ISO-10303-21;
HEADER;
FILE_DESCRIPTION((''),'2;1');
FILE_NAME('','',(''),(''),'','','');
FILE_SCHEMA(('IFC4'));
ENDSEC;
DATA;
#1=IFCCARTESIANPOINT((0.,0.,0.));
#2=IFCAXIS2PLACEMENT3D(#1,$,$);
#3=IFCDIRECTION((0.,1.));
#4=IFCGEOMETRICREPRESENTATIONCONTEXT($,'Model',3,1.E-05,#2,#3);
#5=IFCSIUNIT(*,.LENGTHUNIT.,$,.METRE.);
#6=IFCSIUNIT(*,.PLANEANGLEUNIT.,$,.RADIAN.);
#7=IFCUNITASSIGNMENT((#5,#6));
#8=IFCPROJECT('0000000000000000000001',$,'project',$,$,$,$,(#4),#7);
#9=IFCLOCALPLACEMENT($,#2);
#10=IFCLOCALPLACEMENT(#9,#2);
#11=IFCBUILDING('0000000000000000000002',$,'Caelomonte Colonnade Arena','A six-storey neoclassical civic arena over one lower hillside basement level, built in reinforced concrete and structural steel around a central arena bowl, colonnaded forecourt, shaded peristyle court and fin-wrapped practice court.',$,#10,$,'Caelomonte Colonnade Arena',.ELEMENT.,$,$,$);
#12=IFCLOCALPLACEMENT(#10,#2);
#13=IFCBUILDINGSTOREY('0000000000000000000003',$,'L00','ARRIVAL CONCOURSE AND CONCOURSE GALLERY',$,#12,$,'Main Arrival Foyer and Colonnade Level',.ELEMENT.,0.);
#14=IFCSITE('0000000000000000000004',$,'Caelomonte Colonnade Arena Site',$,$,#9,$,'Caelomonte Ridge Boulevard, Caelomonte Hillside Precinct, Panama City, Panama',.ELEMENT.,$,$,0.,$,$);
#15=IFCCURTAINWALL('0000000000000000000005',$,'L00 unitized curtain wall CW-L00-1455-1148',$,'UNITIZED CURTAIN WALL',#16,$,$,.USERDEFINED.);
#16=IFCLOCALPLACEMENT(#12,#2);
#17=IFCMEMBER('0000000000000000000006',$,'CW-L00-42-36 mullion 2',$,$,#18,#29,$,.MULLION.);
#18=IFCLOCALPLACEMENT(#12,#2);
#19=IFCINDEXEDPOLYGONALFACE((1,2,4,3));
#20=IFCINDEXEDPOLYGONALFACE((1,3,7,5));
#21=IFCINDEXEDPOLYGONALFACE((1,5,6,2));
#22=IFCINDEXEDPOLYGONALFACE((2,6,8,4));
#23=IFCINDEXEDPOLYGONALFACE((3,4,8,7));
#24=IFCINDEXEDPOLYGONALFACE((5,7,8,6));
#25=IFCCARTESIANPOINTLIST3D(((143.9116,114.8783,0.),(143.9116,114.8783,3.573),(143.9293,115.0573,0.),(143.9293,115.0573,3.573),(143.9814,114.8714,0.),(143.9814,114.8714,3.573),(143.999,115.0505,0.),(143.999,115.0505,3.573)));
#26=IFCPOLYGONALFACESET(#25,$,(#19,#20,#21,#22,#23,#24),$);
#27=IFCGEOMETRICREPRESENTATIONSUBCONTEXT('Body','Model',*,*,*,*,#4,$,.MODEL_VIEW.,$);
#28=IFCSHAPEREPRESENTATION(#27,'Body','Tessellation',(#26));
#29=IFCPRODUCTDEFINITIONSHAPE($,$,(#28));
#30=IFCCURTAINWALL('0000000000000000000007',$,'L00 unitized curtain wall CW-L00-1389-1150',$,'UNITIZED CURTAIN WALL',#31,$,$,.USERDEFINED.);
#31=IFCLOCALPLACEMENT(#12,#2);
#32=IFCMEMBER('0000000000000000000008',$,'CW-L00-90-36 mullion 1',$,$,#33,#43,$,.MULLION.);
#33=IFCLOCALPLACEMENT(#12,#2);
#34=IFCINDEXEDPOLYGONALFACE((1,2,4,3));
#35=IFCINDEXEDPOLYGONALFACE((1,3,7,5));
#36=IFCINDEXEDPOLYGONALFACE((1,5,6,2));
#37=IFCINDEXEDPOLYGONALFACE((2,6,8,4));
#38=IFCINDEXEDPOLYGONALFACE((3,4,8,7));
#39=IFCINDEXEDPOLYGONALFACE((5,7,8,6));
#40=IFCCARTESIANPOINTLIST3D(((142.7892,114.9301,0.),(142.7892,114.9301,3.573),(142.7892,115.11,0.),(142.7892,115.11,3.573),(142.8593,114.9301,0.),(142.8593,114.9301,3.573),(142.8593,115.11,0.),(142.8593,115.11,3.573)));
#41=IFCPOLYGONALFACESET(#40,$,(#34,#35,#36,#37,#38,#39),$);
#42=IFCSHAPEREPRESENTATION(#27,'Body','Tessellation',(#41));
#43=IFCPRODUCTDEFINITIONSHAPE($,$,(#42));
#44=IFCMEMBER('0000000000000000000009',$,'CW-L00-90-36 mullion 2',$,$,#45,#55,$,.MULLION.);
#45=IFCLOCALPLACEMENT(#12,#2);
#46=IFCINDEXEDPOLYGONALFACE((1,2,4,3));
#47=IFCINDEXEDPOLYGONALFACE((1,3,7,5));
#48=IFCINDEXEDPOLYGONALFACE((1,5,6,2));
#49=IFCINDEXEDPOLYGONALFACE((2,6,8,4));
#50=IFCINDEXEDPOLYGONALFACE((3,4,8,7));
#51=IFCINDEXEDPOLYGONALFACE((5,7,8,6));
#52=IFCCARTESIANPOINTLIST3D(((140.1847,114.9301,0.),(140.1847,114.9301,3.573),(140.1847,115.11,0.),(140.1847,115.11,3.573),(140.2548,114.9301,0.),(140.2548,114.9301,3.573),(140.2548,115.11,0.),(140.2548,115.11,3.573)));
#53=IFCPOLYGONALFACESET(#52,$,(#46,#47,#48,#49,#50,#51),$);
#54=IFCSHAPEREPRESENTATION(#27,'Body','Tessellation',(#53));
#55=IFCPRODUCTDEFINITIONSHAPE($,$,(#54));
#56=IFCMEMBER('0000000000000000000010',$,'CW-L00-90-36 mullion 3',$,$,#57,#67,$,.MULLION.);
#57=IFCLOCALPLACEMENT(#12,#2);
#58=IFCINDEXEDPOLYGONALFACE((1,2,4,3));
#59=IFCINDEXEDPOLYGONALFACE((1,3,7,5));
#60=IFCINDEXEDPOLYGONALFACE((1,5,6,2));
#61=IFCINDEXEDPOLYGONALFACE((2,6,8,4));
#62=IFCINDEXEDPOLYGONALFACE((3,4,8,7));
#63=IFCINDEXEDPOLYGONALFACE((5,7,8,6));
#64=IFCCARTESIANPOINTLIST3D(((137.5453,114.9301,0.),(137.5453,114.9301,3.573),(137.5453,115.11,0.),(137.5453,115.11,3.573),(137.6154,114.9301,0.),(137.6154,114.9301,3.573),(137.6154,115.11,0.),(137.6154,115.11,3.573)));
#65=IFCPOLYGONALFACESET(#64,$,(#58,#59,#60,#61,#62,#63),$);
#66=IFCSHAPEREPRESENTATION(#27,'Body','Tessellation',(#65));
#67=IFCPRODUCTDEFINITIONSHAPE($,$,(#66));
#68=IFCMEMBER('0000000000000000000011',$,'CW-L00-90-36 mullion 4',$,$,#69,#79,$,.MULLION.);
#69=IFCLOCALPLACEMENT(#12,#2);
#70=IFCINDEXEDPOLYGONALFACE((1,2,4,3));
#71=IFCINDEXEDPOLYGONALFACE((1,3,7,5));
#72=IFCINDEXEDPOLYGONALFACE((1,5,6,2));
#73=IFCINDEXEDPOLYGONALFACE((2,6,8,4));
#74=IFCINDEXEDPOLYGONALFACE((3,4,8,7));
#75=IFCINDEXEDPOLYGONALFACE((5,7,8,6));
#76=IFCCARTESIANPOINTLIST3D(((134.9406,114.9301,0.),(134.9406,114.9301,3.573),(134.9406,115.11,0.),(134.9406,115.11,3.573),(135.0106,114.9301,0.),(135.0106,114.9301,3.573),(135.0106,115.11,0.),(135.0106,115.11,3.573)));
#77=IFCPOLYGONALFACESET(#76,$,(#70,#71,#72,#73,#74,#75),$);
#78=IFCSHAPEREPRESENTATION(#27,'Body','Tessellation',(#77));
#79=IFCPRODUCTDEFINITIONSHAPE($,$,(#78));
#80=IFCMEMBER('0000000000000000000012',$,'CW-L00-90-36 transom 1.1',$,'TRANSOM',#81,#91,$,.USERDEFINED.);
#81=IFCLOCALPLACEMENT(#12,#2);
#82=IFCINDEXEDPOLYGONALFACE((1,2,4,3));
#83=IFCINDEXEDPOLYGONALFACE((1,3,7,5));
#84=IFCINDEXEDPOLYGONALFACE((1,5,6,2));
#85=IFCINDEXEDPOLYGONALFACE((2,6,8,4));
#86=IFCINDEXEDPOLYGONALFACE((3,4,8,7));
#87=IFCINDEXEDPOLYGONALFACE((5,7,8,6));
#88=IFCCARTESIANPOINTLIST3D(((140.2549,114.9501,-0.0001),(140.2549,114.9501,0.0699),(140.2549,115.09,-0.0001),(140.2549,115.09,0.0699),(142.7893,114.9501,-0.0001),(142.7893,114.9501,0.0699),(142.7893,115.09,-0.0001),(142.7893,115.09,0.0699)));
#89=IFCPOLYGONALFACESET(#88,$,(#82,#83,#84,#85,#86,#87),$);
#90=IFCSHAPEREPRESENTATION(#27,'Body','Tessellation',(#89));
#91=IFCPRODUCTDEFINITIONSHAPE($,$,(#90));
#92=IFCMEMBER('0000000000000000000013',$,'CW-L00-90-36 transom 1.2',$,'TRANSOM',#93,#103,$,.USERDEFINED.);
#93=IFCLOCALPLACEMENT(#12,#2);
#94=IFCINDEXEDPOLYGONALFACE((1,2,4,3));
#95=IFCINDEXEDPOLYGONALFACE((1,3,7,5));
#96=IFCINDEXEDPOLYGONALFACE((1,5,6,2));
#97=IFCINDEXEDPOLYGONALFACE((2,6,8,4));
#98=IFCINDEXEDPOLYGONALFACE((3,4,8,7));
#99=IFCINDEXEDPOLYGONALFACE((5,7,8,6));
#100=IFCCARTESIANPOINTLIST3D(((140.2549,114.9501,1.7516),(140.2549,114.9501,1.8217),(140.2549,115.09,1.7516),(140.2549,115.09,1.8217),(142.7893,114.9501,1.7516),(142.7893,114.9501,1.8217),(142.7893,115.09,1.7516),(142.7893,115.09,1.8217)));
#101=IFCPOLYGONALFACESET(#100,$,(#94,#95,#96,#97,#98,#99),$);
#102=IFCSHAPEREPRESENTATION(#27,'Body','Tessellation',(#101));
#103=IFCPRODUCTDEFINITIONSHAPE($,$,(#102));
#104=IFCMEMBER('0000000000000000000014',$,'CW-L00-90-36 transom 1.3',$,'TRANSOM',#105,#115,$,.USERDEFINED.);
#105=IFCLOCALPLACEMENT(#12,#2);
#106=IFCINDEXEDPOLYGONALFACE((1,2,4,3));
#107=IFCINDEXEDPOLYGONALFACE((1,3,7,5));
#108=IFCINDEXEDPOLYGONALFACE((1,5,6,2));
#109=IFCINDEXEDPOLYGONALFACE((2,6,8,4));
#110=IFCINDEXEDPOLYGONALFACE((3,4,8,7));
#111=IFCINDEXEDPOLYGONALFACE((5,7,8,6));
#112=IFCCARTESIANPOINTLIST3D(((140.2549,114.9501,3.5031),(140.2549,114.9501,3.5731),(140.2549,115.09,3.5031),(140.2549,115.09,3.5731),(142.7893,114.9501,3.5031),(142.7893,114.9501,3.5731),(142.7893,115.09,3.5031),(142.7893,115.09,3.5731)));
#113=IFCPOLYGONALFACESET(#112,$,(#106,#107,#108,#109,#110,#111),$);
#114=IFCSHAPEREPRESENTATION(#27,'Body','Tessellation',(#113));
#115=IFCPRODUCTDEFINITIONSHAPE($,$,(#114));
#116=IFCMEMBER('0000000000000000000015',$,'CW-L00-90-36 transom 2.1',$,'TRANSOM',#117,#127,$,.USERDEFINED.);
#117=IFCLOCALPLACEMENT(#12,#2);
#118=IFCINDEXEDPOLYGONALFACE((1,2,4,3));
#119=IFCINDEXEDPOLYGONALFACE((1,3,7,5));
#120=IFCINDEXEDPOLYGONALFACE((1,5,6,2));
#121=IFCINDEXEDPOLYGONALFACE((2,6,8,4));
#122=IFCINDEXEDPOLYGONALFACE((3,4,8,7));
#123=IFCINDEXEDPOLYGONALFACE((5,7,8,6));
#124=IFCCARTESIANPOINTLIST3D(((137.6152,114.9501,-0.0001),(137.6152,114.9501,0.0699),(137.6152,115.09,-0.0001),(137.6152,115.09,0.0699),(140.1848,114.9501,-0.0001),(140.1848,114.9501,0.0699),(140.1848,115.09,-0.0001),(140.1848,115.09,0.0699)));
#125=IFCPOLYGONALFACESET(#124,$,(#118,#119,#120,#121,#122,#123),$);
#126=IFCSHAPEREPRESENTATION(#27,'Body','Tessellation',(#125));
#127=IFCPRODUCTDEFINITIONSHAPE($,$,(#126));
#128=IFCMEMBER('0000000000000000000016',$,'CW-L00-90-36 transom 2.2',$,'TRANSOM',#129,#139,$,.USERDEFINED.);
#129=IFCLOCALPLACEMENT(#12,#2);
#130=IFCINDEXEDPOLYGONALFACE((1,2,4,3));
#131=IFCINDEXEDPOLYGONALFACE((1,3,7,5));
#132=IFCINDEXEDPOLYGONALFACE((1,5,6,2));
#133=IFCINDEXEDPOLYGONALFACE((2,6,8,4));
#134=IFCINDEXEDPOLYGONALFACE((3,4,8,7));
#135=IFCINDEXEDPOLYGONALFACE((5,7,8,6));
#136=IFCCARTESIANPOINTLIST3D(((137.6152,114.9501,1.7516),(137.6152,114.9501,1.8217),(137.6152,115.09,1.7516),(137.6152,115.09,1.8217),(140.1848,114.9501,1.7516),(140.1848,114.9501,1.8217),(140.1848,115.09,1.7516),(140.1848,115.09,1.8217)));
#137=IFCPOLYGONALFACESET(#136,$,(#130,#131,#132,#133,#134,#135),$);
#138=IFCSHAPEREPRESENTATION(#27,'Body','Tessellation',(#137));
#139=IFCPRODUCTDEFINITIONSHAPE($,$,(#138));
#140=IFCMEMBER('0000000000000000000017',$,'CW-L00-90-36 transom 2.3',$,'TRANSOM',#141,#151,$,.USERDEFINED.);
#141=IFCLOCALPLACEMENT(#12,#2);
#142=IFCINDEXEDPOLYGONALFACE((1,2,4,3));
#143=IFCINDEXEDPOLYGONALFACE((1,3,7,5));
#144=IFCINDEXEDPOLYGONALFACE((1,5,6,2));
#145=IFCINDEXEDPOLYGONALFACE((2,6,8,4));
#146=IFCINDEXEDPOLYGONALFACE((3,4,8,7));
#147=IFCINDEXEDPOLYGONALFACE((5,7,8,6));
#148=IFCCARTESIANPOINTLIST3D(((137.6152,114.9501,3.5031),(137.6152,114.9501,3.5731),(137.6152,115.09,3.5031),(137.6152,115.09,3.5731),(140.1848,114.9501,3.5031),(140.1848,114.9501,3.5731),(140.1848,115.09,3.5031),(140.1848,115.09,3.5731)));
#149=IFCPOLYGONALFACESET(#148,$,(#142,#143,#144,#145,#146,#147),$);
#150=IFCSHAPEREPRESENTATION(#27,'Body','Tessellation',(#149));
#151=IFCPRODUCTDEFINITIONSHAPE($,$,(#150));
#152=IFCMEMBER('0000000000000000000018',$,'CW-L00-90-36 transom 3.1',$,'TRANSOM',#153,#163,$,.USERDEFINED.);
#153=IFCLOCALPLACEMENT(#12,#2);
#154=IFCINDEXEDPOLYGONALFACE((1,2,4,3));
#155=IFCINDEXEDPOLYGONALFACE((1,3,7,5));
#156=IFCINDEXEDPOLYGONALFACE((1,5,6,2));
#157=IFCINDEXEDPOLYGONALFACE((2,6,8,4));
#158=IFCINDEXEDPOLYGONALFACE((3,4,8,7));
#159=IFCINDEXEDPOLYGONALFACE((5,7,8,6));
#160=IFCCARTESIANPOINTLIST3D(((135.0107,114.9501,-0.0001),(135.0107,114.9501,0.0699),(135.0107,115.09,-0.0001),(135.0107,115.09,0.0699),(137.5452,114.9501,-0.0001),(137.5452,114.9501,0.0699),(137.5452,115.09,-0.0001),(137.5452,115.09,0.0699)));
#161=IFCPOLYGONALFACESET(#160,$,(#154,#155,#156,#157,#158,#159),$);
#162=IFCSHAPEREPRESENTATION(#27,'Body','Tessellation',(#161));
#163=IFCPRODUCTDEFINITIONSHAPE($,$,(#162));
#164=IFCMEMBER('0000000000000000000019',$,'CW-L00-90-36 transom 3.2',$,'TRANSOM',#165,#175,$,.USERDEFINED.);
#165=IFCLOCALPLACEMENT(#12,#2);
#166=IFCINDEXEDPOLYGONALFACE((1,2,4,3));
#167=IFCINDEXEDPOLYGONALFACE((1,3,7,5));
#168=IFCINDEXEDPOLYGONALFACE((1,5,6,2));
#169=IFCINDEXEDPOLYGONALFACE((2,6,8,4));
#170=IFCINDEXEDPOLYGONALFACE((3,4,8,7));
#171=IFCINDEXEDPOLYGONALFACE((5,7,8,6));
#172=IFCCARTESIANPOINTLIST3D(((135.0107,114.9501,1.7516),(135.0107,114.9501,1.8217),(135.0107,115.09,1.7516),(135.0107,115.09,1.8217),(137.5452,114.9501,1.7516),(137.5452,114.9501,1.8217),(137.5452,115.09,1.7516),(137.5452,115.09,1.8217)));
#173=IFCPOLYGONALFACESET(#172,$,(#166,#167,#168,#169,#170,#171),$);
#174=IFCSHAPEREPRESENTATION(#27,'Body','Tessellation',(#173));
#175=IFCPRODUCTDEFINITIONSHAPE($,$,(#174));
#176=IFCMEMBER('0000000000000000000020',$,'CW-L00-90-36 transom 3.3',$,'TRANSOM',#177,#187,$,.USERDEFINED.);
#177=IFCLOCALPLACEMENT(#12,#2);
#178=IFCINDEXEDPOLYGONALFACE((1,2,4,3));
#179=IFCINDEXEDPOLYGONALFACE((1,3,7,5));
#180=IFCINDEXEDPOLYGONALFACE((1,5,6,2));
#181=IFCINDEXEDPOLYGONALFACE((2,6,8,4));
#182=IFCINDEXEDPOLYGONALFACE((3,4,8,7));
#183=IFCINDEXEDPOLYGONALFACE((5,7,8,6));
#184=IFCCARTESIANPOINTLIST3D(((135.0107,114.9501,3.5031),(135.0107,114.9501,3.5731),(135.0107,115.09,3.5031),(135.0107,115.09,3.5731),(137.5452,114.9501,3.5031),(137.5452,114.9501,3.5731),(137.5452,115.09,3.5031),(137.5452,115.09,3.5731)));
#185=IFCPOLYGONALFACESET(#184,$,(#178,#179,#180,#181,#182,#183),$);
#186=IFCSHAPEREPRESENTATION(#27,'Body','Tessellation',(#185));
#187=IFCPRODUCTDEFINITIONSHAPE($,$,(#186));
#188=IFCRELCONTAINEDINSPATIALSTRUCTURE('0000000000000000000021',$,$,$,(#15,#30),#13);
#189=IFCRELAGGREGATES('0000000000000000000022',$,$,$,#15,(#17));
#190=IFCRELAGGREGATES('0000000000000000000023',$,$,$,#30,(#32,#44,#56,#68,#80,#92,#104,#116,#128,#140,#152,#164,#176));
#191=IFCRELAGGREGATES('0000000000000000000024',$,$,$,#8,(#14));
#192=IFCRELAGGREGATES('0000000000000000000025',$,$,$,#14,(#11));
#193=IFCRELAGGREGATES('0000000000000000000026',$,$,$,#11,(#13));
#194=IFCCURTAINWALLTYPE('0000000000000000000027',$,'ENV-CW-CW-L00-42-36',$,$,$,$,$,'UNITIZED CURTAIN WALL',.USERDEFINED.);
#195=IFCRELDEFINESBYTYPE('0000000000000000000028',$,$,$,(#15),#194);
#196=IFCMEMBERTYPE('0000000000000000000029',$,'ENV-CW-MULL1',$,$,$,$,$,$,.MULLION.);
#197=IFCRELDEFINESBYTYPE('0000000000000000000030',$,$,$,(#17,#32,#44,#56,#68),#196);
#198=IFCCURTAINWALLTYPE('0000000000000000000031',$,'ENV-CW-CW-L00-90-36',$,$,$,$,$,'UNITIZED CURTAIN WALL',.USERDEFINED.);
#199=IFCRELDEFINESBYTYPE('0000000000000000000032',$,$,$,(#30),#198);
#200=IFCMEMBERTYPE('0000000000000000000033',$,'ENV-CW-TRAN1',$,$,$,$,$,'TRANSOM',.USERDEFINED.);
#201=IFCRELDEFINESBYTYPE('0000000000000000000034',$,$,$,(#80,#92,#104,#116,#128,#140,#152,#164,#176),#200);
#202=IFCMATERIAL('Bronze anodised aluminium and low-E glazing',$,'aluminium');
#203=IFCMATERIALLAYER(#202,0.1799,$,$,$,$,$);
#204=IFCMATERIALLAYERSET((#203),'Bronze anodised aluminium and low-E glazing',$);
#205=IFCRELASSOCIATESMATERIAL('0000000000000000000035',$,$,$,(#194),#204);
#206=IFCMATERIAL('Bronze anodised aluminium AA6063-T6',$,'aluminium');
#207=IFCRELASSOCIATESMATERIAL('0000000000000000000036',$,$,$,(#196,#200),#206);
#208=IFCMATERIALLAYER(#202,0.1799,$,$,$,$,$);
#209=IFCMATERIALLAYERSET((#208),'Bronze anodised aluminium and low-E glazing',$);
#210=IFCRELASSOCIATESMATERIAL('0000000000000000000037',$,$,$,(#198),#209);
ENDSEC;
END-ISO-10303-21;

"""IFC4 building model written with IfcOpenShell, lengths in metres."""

from ifc_helpers import new_model, si_unit, direction, frame, origin, origin_2d, place, context, subcontext, project, spatial, rectangle, extrude, material, layer, layer_set, material_profile, profile_set, type_object, element, aggregate, save


model = new_model("IFC4")

# Units and contexts
model_context = context("Model", 3, precision=1e-05, world=origin(), true_north=direction((0.0, 1.0)))
body_context = subcontext(model_context, "Body", "Model", "MODEL_VIEW")
ifc_project = project(units=[si_unit("LENGTHUNIT", "METRE"), si_unit("PLANEANGLEUNIT", "RADIAN")], contexts=[model_context])

# Site, building, storey
site_placement = place(None, origin())
site = spatial("IfcSite", under=ifc_project, at=site_placement, Name="Caelomonte Colonnade Arena Site", LongName="Caelomonte Ridge Boulevard, Caelomonte Hillside Precinct, Panama City, Panama", CompositionType="ELEMENT", RefElevation=0.0)
building_placement = place(site_placement, origin())
building = spatial("IfcBuilding", under=site, at=building_placement, Name="Caelomonte Colonnade Arena", Description="A six-storey neoclassical civic arena over one lower hillside basement level, built in reinforced concrete and structural steel around a central arena bowl, colonnaded forecourt, shaded peristyle court and fin-wrapped practice court.", LongName="Caelomonte Colonnade Arena", CompositionType="ELEMENT")
storey_placement = place(building_placement, origin())
storey = spatial("IfcBuildingStorey", under=building, at=storey_placement, Name="L00", Description="ARRIVAL CONCOURSE AND CONCOURSE GALLERY", LongName="Main Arrival Foyer and Colonnade Level", CompositionType="ELEMENT", Elevation=0.0)

# Curtain wall, member
ifc_material_1 = material(Name="Bronze anodised aluminium and low-E glazing", Category="aluminium")
ifc_layer_1 = layer(ifc_material_1, 0.1799)
ifc_layer_set_1 = layer_set([ifc_layer_1], Name="Bronze anodised aluminium and low-E glazing")
curtain_wall_type_1 = type_object("IfcCurtainWallType", Name="ENV-CW-CW-L00-42-36", ElementType="UNITIZED CURTAIN WALL", PredefinedType="USERDEFINED", material=ifc_layer_set_1)
curtain_wall_1_placement = place(storey_placement, origin())
curtain_wall_1 = element("IfcCurtainWall", 1, at=curtain_wall_1_placement, inside=storey, type_object=curtain_wall_type_1, Name="L00 unitized curtain wall CW-L00-1455-1148", ObjectType="UNITIZED CURTAIN WALL", PredefinedType="USERDEFINED")
ifc_material_2 = material(Name="Bronze anodised aluminium AA6063-T6", Category="aluminium")
ifc_material_profile_1 = material_profile(ifc_material_2, rectangle(XDim=0.0701, YDim=0.1799, at=origin_2d()), Name="CWM-70X180")
ifc_profile_set_1 = profile_set([ifc_material_profile_1], Name="Bronze anodised aluminium AA6063-T6")
member_type_1 = type_object("IfcMemberType", Name="ENV-CW-MULL1", PredefinedType="MULLION", material=ifc_profile_set_1)
member_1_placement = place(storey_placement, frame((143.9553, 114.9644, 0.0), z_axis=(0.0, 0.0, 1.0), x_axis=(-0.995184, 0.098022, 0.0)))
member_1 = element("IfcMember", 2, at=member_1_placement, type_object=member_type_1, Name="CW-L00-42-36 mullion 2", PredefinedType="MULLION", context=body_context, shape_type="SweptSolid", body=[
    extrude(rectangle(XDim=0.0701, YDim=0.1799, at=origin_2d()), origin(), (0.0, 0.0, 1.0), 3.573),
])
aggregate(curtain_wall_1, [member_1])

# Curtain wall, members
ifc_layer_2 = layer(ifc_material_1, 0.1799)
ifc_layer_set_2 = layer_set([ifc_layer_2], Name="Bronze anodised aluminium and low-E glazing")
curtain_wall_type_2 = type_object("IfcCurtainWallType", Name="ENV-CW-CW-L00-90-36", ElementType="UNITIZED CURTAIN WALL", PredefinedType="USERDEFINED", material=ifc_layer_set_2)
curtain_wall_2_placement = place(storey_placement, origin())
curtain_wall_2 = element("IfcCurtainWall", 3, at=curtain_wall_2_placement, inside=storey, type_object=curtain_wall_type_2, Name="L00 unitized curtain wall CW-L00-1389-1150", ObjectType="UNITIZED CURTAIN WALL", PredefinedType="USERDEFINED")
member_2_placement = place(storey_placement, frame((142.8242, 115.02, 0.0), z_axis=(0.0, 0.0, 1.0), x_axis=(-1.0, 0.0, 0.0)))
member_2 = element("IfcMember", 4, at=member_2_placement, type_object=member_type_1, Name="CW-L00-90-36 mullion 1", PredefinedType="MULLION", context=body_context, shape_type="SweptSolid", body=[
    extrude(rectangle(XDim=0.0701, YDim=0.1799, at=origin_2d()), origin(), (0.0, 0.0, 1.0), 3.573),
])
member_3_placement = place(storey_placement, frame((140.2197, 115.02, 0.0), z_axis=(0.0, 0.0, 1.0), x_axis=(-1.0, 0.0, 0.0)))
member_3 = element("IfcMember", 5, at=member_3_placement, type_object=member_type_1, Name="CW-L00-90-36 mullion 2", PredefinedType="MULLION", context=body_context, shape_type="SweptSolid", body=[
    extrude(rectangle(XDim=0.0701, YDim=0.1799, at=origin_2d()), origin(), (0.0, 0.0, 1.0), 3.573),
])
member_4_placement = place(storey_placement, frame((137.5803, 115.02, 0.0), z_axis=(0.0, 0.0, 1.0), x_axis=(-1.0, 0.0, 0.0)))
member_4 = element("IfcMember", 6, at=member_4_placement, type_object=member_type_1, Name="CW-L00-90-36 mullion 3", PredefinedType="MULLION", context=body_context, shape_type="SweptSolid", body=[
    extrude(rectangle(XDim=0.0701, YDim=0.1799, at=origin_2d()), origin(), (0.0, 0.0, 1.0), 3.573),
])
member_5_placement = place(storey_placement, frame((134.9756, 115.02, 0.0), z_axis=(0.0, 0.0, 1.0), x_axis=(-1.0, 0.0, 0.0)))
member_5 = element("IfcMember", 7, at=member_5_placement, type_object=member_type_1, Name="CW-L00-90-36 mullion 4", PredefinedType="MULLION", context=body_context, shape_type="SweptSolid", body=[
    extrude(rectangle(XDim=0.0701, YDim=0.1799, at=origin_2d()), origin(), (0.0, 0.0, 1.0), 3.573),
])
ifc_material_profile_2 = material_profile(ifc_material_2, rectangle(XDim=0.0701, YDim=0.1399, at=origin_2d()), Name="CWT-70X140")
ifc_profile_set_2 = profile_set([ifc_material_profile_2], Name="Bronze anodised aluminium AA6063-T6")
member_type_2 = type_object("IfcMemberType", Name="ENV-CW-TRAN1", ElementType="TRANSOM", PredefinedType="USERDEFINED", material=ifc_profile_set_2)
member_6_placement = place(storey_placement, frame((142.7893, 115.02, 0.0349), z_axis=(-1.0, 0.0, 0.0), x_axis=(0.0, 0.0, 1.0)))
member_6 = element("IfcMember", 8, at=member_6_placement, type_object=member_type_2, Name="CW-L00-90-36 transom 1.1", ObjectType="TRANSOM", PredefinedType="USERDEFINED", context=body_context, shape_type="SweptSolid", body=[
    extrude(rectangle(XDim=0.0701, YDim=0.1399, at=origin_2d()), origin(), (0.0, 0.0, 1.0), 2.5344),
])
member_7_placement = place(storey_placement, frame((142.7893, 115.02, 1.7866), z_axis=(-1.0, 0.0, 0.0), x_axis=(0.0, 0.0, 1.0)))
member_7 = element("IfcMember", 9, at=member_7_placement, type_object=member_type_2, Name="CW-L00-90-36 transom 1.2", ObjectType="TRANSOM", PredefinedType="USERDEFINED", context=body_context, shape_type="SweptSolid", body=[
    extrude(rectangle(XDim=0.0701, YDim=0.1399, at=origin_2d()), origin(), (0.0, 0.0, 1.0), 2.5344),
])
member_8_placement = place(storey_placement, frame((142.7893, 115.02, 3.5381), z_axis=(-1.0, 0.0, 0.0), x_axis=(0.0, 0.0, 1.0)))
member_8 = element("IfcMember", 10, at=member_8_placement, type_object=member_type_2, Name="CW-L00-90-36 transom 1.3", ObjectType="TRANSOM", PredefinedType="USERDEFINED", context=body_context, shape_type="SweptSolid", body=[
    extrude(rectangle(XDim=0.0701, YDim=0.1399, at=origin_2d()), origin(), (0.0, 0.0, 1.0), 2.5344),
])
member_9_placement = place(storey_placement, frame((140.1848, 115.02, 0.0349), z_axis=(-1.0, 0.0, 0.0), x_axis=(0.0, 0.0, 1.0)))
member_9 = element("IfcMember", 11, at=member_9_placement, type_object=member_type_2, Name="CW-L00-90-36 transom 2.1", ObjectType="TRANSOM", PredefinedType="USERDEFINED", context=body_context, shape_type="SweptSolid", body=[
    extrude(rectangle(XDim=0.0701, YDim=0.1399, at=origin_2d()), origin(), (0.0, 0.0, 1.0), 2.5696),
])
member_10_placement = place(storey_placement, frame((140.1848, 115.02, 1.7866), z_axis=(-1.0, 0.0, 0.0), x_axis=(0.0, 0.0, 1.0)))
member_10 = element("IfcMember", 12, at=member_10_placement, type_object=member_type_2, Name="CW-L00-90-36 transom 2.2", ObjectType="TRANSOM", PredefinedType="USERDEFINED", context=body_context, shape_type="SweptSolid", body=[
    extrude(rectangle(XDim=0.0701, YDim=0.1399, at=origin_2d()), origin(), (0.0, 0.0, 1.0), 2.5696),
])
member_11_placement = place(storey_placement, frame((140.1848, 115.02, 3.5381), z_axis=(-1.0, 0.0, 0.0), x_axis=(0.0, 0.0, 1.0)))
member_11 = element("IfcMember", 13, at=member_11_placement, type_object=member_type_2, Name="CW-L00-90-36 transom 2.3", ObjectType="TRANSOM", PredefinedType="USERDEFINED", context=body_context, shape_type="SweptSolid", body=[
    extrude(rectangle(XDim=0.0701, YDim=0.1399, at=origin_2d()), origin(), (0.0, 0.0, 1.0), 2.5696),
])
member_12_placement = place(storey_placement, frame((137.5452, 115.02, 0.0349), z_axis=(-1.0, 0.0, 0.0), x_axis=(0.0, 0.0, 1.0)))
member_12 = element("IfcMember", 14, at=member_12_placement, type_object=member_type_2, Name="CW-L00-90-36 transom 3.1", ObjectType="TRANSOM", PredefinedType="USERDEFINED", context=body_context, shape_type="SweptSolid", body=[
    extrude(rectangle(XDim=0.0701, YDim=0.1399, at=origin_2d()), origin(), (0.0, 0.0, 1.0), 2.5344),
])
member_13_placement = place(storey_placement, frame((137.5452, 115.02, 1.7866), z_axis=(-1.0, 0.0, 0.0), x_axis=(0.0, 0.0, 1.0)))
member_13 = element("IfcMember", 15, at=member_13_placement, type_object=member_type_2, Name="CW-L00-90-36 transom 3.2", ObjectType="TRANSOM", PredefinedType="USERDEFINED", context=body_context, shape_type="SweptSolid", body=[
    extrude(rectangle(XDim=0.0701, YDim=0.1399, at=origin_2d()), origin(), (0.0, 0.0, 1.0), 2.5344),
])
member_14_placement = place(storey_placement, frame((137.5452, 115.02, 3.5381), z_axis=(-1.0, 0.0, 0.0), x_axis=(0.0, 0.0, 1.0)))
member_14 = element("IfcMember", 16, at=member_14_placement, type_object=member_type_2, Name="CW-L00-90-36 transom 3.3", ObjectType="TRANSOM", PredefinedType="USERDEFINED", context=body_context, shape_type="SweptSolid", body=[
    extrude(rectangle(XDim=0.0701, YDim=0.1399, at=origin_2d()), origin(), (0.0, 0.0, 1.0), 2.5344),
])

aggregate(curtain_wall_2, [member_2, member_3, member_4, member_5, member_6, member_7, member_8, member_9, member_10, member_11, member_12, member_13, member_14])

save(model, "model.ifc")
